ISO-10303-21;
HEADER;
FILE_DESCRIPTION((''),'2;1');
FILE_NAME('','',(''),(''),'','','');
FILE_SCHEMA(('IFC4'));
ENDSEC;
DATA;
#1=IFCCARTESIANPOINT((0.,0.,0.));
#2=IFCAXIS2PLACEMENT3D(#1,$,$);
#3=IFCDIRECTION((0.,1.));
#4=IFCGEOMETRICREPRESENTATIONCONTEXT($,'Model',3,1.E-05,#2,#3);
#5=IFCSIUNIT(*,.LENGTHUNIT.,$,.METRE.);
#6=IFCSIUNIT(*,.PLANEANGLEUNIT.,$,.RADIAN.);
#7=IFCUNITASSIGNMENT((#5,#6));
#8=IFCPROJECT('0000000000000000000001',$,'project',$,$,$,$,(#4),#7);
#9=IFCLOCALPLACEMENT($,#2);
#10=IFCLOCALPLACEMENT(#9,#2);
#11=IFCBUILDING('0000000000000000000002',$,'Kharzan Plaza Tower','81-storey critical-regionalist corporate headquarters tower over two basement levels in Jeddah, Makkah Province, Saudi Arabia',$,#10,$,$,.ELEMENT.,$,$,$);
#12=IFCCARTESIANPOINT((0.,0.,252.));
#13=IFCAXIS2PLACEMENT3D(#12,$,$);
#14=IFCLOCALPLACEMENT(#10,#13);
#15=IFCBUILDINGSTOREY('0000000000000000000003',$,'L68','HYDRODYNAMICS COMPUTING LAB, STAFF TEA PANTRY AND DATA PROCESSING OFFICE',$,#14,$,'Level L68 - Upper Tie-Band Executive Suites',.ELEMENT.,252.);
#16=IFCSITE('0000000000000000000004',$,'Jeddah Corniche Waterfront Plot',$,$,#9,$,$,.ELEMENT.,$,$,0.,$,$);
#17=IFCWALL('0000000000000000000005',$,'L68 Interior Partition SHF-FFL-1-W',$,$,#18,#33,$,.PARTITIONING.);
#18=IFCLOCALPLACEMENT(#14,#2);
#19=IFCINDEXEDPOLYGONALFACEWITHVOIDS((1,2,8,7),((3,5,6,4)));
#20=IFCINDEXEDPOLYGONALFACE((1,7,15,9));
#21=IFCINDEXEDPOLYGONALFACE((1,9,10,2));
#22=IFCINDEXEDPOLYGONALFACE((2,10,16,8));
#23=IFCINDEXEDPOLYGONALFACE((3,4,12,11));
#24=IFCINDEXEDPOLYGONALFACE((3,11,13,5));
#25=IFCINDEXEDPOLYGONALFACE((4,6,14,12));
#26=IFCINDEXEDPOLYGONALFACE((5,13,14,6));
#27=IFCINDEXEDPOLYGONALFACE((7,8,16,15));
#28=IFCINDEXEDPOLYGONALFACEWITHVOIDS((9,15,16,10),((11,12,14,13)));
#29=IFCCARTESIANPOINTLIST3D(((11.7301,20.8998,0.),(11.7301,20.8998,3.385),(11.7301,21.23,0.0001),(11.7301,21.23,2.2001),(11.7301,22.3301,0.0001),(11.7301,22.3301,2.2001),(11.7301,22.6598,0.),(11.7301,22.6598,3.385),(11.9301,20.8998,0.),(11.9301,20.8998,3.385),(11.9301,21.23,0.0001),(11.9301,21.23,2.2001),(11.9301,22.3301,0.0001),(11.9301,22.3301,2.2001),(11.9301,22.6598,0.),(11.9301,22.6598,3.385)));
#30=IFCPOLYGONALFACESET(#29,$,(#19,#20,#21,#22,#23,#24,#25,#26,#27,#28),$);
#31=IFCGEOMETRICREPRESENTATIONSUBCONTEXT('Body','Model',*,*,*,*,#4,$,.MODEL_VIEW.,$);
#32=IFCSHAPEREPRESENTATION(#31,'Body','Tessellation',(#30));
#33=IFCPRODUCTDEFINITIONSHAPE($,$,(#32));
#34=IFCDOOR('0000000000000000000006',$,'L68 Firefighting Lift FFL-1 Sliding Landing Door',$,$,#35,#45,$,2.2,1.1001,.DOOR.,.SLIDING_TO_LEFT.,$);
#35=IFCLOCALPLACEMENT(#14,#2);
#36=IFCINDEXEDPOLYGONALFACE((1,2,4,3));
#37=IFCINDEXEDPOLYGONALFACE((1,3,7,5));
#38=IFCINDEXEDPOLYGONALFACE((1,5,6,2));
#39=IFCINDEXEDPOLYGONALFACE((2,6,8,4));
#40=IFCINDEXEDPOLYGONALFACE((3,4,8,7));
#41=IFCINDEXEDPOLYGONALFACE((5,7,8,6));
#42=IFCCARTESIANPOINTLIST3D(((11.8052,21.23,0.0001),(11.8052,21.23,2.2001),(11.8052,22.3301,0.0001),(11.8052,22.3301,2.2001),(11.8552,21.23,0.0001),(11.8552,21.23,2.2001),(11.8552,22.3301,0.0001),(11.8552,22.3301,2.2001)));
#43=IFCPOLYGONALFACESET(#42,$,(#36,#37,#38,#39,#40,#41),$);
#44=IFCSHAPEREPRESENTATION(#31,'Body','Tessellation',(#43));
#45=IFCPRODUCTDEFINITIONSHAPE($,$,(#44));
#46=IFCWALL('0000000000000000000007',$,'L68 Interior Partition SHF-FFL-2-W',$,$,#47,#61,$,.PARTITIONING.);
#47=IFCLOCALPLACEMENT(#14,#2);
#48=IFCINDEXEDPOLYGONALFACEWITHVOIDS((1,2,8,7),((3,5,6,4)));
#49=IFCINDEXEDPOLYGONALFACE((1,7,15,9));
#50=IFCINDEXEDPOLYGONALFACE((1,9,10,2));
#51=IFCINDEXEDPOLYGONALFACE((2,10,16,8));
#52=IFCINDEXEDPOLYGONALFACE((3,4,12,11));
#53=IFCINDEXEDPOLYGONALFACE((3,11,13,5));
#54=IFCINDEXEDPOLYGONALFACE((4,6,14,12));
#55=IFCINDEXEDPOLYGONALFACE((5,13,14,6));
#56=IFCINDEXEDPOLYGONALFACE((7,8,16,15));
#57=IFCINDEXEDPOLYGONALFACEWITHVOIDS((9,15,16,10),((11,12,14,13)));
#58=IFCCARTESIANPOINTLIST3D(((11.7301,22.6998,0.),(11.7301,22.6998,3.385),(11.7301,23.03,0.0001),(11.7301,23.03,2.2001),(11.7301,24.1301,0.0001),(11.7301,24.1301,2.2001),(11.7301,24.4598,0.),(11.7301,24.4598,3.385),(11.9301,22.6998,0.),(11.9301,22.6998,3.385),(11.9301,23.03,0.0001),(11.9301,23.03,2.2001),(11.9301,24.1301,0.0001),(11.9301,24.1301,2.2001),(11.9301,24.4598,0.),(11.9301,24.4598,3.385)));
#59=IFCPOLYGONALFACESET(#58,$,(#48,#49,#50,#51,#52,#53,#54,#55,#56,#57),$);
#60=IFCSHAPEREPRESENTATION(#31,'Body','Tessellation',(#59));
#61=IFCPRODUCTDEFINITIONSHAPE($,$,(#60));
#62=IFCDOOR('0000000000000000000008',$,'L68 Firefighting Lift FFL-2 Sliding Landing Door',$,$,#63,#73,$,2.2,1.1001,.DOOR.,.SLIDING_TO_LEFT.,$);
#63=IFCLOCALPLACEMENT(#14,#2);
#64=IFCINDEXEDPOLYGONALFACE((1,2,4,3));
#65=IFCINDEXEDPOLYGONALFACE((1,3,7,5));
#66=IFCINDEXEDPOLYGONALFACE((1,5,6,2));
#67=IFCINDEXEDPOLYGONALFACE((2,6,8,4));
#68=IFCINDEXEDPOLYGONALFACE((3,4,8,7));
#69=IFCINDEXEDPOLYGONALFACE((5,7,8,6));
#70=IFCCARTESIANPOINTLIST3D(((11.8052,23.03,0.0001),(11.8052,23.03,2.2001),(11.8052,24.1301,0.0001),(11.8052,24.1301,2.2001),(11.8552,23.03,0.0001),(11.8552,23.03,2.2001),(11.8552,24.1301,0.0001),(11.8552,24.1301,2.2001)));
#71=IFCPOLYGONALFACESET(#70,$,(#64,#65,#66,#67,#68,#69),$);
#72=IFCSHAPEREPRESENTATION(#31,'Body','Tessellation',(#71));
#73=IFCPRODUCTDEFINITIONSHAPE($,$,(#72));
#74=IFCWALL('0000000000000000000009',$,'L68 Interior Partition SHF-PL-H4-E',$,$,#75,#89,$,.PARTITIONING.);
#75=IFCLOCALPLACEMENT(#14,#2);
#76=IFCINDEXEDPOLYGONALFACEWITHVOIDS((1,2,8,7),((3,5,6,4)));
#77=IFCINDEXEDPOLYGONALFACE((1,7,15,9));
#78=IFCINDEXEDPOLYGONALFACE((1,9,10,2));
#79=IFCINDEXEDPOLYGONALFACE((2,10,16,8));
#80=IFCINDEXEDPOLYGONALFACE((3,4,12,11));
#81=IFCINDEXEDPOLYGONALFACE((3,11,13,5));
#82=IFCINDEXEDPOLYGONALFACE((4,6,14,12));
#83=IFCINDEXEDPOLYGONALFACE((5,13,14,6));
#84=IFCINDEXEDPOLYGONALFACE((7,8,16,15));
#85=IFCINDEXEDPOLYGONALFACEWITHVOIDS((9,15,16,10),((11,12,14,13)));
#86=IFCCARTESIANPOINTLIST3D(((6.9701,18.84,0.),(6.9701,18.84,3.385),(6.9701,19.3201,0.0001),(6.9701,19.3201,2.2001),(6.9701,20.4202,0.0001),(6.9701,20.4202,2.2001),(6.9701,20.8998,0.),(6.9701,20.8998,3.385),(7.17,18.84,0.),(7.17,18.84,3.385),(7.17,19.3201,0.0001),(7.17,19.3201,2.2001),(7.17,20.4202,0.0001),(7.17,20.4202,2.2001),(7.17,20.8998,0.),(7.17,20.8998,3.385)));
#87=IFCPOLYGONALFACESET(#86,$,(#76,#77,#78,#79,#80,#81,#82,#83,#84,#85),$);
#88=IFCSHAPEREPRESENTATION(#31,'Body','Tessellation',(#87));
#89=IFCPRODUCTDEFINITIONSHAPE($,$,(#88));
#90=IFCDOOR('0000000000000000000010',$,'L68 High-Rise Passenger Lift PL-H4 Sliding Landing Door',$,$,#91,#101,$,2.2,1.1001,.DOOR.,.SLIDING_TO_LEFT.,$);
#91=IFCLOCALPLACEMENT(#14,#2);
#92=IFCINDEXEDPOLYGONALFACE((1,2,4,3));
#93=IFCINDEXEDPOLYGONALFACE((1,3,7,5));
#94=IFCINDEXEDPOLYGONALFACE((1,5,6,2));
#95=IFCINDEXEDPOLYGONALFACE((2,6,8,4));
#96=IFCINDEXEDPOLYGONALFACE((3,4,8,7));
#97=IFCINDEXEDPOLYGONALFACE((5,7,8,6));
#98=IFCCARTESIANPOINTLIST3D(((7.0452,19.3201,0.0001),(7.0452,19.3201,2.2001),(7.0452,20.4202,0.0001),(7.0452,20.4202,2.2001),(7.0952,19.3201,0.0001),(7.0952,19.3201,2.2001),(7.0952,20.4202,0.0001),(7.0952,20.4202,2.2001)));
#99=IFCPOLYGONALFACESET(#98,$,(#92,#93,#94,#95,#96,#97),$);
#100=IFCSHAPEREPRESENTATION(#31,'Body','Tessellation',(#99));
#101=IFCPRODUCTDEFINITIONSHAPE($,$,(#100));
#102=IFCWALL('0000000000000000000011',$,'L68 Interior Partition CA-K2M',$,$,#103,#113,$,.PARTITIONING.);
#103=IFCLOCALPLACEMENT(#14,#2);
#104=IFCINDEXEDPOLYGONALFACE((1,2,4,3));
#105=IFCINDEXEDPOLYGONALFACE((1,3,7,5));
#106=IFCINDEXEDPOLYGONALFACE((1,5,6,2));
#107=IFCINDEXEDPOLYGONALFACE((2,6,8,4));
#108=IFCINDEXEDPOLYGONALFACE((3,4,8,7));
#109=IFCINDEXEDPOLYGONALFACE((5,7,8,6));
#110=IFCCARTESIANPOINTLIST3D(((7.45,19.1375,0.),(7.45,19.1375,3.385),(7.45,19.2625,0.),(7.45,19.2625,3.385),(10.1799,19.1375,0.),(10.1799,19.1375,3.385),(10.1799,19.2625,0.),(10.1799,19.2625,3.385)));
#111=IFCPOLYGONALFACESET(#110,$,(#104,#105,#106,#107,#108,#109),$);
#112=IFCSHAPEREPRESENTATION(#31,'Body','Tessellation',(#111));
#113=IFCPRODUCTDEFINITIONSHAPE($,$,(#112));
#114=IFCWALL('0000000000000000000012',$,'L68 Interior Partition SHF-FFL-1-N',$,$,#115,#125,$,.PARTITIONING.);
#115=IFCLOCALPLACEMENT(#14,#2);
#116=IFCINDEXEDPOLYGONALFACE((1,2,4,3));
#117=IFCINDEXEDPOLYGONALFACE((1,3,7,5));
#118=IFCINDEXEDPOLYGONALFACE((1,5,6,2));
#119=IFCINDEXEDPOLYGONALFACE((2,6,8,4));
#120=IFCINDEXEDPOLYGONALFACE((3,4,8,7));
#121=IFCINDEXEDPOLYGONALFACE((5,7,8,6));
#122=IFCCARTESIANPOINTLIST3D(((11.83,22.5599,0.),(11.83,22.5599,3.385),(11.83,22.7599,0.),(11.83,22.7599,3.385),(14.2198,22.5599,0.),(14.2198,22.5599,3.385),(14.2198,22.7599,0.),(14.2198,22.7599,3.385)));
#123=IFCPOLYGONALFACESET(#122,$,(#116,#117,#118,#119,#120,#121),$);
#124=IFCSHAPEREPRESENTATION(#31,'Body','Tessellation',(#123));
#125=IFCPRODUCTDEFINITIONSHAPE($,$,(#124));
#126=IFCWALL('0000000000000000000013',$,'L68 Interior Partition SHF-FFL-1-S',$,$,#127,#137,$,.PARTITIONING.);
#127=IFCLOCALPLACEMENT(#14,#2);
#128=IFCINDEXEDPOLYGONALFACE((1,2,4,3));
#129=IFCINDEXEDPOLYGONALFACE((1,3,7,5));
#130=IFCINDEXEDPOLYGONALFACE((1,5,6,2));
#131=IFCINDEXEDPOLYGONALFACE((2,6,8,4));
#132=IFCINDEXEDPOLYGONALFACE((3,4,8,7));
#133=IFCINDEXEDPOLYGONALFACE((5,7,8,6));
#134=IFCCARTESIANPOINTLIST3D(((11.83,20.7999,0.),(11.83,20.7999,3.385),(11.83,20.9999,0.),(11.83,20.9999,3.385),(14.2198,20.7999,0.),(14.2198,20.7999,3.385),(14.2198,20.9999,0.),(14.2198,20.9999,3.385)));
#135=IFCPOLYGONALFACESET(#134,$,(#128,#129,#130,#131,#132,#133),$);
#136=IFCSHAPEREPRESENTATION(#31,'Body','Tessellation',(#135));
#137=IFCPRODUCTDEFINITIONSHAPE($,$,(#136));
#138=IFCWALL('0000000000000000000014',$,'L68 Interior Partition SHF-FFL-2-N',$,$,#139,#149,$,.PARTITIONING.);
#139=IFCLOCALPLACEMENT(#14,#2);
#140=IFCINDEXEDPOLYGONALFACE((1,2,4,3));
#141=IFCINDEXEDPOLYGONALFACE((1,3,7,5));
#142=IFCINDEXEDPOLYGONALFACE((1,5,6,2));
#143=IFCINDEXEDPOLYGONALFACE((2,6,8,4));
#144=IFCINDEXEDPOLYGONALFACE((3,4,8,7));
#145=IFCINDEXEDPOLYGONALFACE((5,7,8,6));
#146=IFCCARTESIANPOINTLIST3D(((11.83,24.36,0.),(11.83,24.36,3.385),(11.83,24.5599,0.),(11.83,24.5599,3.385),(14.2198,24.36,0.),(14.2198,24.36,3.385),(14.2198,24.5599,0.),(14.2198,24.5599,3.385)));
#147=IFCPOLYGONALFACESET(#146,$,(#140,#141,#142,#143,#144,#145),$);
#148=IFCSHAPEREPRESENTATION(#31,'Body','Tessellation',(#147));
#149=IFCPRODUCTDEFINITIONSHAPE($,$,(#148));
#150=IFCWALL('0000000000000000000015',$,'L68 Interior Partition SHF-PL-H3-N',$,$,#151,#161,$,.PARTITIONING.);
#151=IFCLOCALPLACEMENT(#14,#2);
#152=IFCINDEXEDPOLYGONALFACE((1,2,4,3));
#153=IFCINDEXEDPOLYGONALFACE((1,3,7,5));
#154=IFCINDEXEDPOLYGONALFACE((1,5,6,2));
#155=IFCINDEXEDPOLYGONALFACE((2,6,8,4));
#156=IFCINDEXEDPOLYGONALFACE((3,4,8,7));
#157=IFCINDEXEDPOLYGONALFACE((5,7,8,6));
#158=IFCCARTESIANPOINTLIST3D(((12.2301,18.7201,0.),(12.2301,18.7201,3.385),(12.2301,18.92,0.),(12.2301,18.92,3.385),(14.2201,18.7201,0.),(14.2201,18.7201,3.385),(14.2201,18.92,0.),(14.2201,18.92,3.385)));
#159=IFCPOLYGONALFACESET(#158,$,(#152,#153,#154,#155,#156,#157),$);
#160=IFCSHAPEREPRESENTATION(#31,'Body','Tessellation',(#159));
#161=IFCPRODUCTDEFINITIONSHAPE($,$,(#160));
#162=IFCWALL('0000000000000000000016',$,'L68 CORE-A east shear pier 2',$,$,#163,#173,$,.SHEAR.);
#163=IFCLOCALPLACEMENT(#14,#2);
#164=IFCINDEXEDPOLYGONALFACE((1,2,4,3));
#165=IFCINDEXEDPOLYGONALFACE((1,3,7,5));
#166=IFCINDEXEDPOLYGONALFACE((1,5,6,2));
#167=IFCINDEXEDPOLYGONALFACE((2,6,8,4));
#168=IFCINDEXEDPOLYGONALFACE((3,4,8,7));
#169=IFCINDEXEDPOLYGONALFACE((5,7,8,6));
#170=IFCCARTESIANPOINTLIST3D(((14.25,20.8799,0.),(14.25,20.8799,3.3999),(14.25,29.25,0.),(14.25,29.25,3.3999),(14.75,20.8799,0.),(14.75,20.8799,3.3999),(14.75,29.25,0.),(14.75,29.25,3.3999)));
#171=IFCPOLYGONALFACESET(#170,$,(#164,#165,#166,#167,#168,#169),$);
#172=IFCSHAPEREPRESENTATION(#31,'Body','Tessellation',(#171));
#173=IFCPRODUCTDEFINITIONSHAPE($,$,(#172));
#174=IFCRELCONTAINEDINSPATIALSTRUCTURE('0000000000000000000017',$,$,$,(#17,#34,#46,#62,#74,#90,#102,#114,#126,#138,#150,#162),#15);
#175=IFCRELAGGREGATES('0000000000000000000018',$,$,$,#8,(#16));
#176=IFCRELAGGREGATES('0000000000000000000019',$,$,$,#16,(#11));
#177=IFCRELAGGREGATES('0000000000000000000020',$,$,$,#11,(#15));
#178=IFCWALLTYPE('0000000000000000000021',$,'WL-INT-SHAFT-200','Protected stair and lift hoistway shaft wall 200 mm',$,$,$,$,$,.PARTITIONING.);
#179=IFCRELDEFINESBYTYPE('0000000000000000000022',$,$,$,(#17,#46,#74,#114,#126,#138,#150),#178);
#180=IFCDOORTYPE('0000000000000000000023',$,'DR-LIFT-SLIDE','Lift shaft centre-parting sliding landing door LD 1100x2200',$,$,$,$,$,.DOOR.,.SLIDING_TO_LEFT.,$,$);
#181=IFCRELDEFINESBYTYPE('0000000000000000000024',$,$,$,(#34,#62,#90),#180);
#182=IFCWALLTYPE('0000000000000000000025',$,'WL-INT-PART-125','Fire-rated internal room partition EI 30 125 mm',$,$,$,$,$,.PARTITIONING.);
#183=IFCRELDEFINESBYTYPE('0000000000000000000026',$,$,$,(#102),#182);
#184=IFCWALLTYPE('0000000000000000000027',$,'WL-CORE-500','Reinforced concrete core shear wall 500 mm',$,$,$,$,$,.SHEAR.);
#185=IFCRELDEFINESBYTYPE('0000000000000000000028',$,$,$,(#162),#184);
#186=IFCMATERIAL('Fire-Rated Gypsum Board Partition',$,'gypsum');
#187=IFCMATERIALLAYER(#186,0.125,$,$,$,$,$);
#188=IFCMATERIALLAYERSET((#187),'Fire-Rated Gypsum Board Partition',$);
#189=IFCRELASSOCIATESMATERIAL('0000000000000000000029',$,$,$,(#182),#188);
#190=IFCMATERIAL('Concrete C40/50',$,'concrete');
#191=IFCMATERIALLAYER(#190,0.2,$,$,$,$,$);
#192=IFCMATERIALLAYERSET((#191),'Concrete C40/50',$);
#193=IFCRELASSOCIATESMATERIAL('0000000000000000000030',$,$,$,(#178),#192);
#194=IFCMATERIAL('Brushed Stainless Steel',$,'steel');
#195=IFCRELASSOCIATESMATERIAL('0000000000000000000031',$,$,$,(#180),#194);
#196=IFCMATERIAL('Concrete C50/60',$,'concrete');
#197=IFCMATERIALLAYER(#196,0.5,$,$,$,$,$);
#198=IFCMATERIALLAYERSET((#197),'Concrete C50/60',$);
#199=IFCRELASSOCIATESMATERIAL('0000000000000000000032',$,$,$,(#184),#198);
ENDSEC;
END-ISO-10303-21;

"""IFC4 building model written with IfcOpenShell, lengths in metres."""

from ifc_helpers import new_model, si_unit, direction, frame, frame_2d, origin, place, context, subcontext, project, spatial, rectangle, extrude, source, transform, mapped, material, layer, layer_set, type_object, element, fill, save


model = new_model("IFC4")

# Units and contexts
model_context = context("Model", 3, precision=1e-05, world=origin(), true_north=direction((0.0, 1.0)))
body_context = subcontext(model_context, "Body", "Model", "MODEL_VIEW")
ifc_project = project(units=[si_unit("LENGTHUNIT", "METRE"), si_unit("PLANEANGLEUNIT", "RADIAN")], contexts=[model_context])

# Site, building, storey
site_placement = place(None, origin())
site = spatial("IfcSite", under=ifc_project, at=site_placement, Name="Jeddah Corniche Waterfront Plot", CompositionType="ELEMENT", RefElevation=0.0)
building_placement = place(site_placement, origin())
building = spatial("IfcBuilding", under=site, at=building_placement, Name="Kharzan Plaza Tower", Description="81-storey critical-regionalist corporate headquarters tower over two basement levels in Jeddah, Makkah Province, Saudi Arabia", CompositionType="ELEMENT")
storey_placement = place(building_placement, frame((0.0, 0.0, 252.0)))
storey = spatial("IfcBuildingStorey", under=building, at=storey_placement, Name="L68", Description="HYDRODYNAMICS COMPUTING LAB, STAFF TEA PANTRY AND DATA PROCESSING OFFICE", LongName="Level L68 - Upper Tie-Band Executive Suites", CompositionType="ELEMENT", Elevation=252.0)

# Walls, openings, doors
ifc_material_1 = material(Name="Concrete C40/50", Category="concrete")
ifc_material_2 = material(Name="Fire-Rated Gypsum Board Partition", Category="gypsum")
ifc_layer_1 = layer(ifc_material_2, 0.125)
ifc_layer_set_1 = layer_set([ifc_layer_1], Name="Fire-Rated Gypsum Board Partition")
wall_type_1 = type_object("IfcWallType", Name="WL-INT-PART-125", Description="Fire-rated internal room partition EI 30 125 mm", PredefinedType="PARTITIONING", material=ifc_layer_set_1)
ifc_layer_2 = layer(ifc_material_1, 0.2)
ifc_layer_set_2 = layer_set([ifc_layer_2], Name="Concrete C40/50")
wall_type_2 = type_object("IfcWallType", Name="WL-INT-SHAFT-200", Description="Protected stair and lift hoistway shaft wall 200 mm", PredefinedType="PARTITIONING", material=ifc_layer_set_2)
wall_1_placement = place(storey_placement, frame((11.8301, 20.8999, 0.0), z_axis=(0.0, 0.0, 1.0), x_axis=(0.0, 1.0, 0.0)))
wall_1 = element("IfcWall", 1, at=wall_1_placement, inside=storey, type_object=wall_type_2, Name="L68 Interior Partition SHF-FFL-1-W", PredefinedType="PARTITIONING", context=body_context, shape_type="SweptSolid", body=[
    extrude(rectangle(XDim=1.76, YDim=0.2, at=frame_2d((0.8799, 0.0))), origin(), (0.0, 0.0, 1.0), 3.385),
])
opening_1_placement = place(wall_1_placement, frame((0.3301, 0.0, 0.0)))
opening_1 = element("IfcOpeningElement", 2, at=opening_1_placement, cuts=wall_1, PredefinedType="OPENING", context=body_context, shape_type="SweptSolid", body=[
    extrude(rectangle(XDim=1.1001, YDim=2.2, at=frame_2d((0.55, 1.1001))), frame((0.0, 0.1099, 0.0), z_axis=(0.0, -1.0, 0.0), x_axis=(1.0, 0.0, 0.0)), (0.0, 0.0, 1.0), 0.22),
])
ifc_material_3 = material(Name="Brushed Stainless Steel", Category="steel")
door_type_1 = type_object("IfcDoorType", Name="DR-LIFT-SLIDE", Description="Lift shaft centre-parting sliding landing door LD 1100x2200", OperationType="SLIDING_TO_LEFT", PredefinedType="DOOR", material=ifc_material_3)
shared_shape_1 = source(origin(), body_context, "Body", "SweptSolid", [
    extrude(rectangle(XDim=1.1001, YDim=2.2, at=frame_2d((0.55, 1.1001))), frame((0.0, 0.0249, 0.0), z_axis=(0.0, -1.0, 0.0), x_axis=(1.0, 0.0, 0.0)), (0.0, 0.0, 1.0), 0.05),
])
door_1_placement = place(opening_1_placement, origin())
door_1 = element("IfcDoor", 3, at=door_1_placement, inside=storey, type_object=door_type_1, Name="L68 Firefighting Lift FFL-1 Sliding Landing Door", OperationType="SLIDING_TO_LEFT", OverallHeight=2.2, OverallWidth=1.1001, PredefinedType="DOOR", context=body_context, shape_type="MappedRepresentation", body=[
    mapped(shared_shape_1, transform((0.0, 0.0, 0.0), x_axis=(1.0, 0.0, 0.0), y_axis=(0.0, 1.0, 0.0), z_axis=(0.0, 0.0, 1.0))),
])
fill(opening_1, door_1)
wall_2_placement = place(storey_placement, frame((11.8301, 22.7, 0.0), z_axis=(0.0, 0.0, 1.0), x_axis=(0.0, 1.0, 0.0)))
wall_2 = element("IfcWall", 4, at=wall_2_placement, inside=storey, type_object=wall_type_2, Name="L68 Interior Partition SHF-FFL-2-W", PredefinedType="PARTITIONING", context=body_context, shape_type="SweptSolid", body=[
    extrude(rectangle(XDim=1.76, YDim=0.2, at=frame_2d((0.8799, 0.0))), origin(), (0.0, 0.0, 1.0), 3.385),
])
opening_2_placement = place(wall_2_placement, frame((0.3301, 0.0, 0.0)))
opening_2 = element("IfcOpeningElement", 5, at=opening_2_placement, cuts=wall_2, PredefinedType="OPENING", context=body_context, shape_type="SweptSolid", body=[
    extrude(rectangle(XDim=1.1001, YDim=2.2, at=frame_2d((0.55, 1.1001))), frame((0.0, 0.1099, 0.0), z_axis=(0.0, -1.0, 0.0), x_axis=(1.0, 0.0, 0.0)), (0.0, 0.0, 1.0), 0.22),
])
door_2_placement = place(opening_2_placement, origin())
door_2 = element("IfcDoor", 6, at=door_2_placement, inside=storey, type_object=door_type_1, Name="L68 Firefighting Lift FFL-2 Sliding Landing Door", OperationType="SLIDING_TO_LEFT", OverallHeight=2.2, OverallWidth=1.1001, PredefinedType="DOOR", context=body_context, shape_type="MappedRepresentation", body=[
    mapped(shared_shape_1, transform((0.0, 0.0, 0.0), x_axis=(1.0, 0.0, 0.0), y_axis=(0.0, 1.0, 0.0), z_axis=(0.0, 0.0, 1.0))),
])
fill(opening_2, door_2)
wall_3_placement = place(storey_placement, frame((7.0701, 18.8401, 0.0), z_axis=(0.0, 0.0, 1.0), x_axis=(0.0, 1.0, 0.0)))
wall_3 = element("IfcWall", 7, at=wall_3_placement, inside=storey, type_object=wall_type_2, Name="L68 Interior Partition SHF-PL-H4-E", PredefinedType="PARTITIONING", context=body_context, shape_type="SweptSolid", body=[
    extrude(rectangle(XDim=2.0598, YDim=0.2, at=frame_2d((1.0298, 0.0))), origin(), (0.0, 0.0, 1.0), 3.385),
])
opening_3_placement = place(wall_3_placement, frame((0.48, 0.0, 0.0)))
opening_3 = element("IfcOpeningElement", 8, at=opening_3_placement, cuts=wall_3, PredefinedType="OPENING", context=body_context, shape_type="SweptSolid", body=[
    extrude(rectangle(XDim=1.1001, YDim=2.2, at=frame_2d((0.55, 1.1001))), frame((0.0, 0.1099, 0.0), z_axis=(0.0, -1.0, 0.0), x_axis=(1.0, 0.0, 0.0)), (0.0, 0.0, 1.0), 0.22),
])
door_3_placement = place(opening_3_placement, origin())
door_3 = element("IfcDoor", 9, at=door_3_placement, inside=storey, type_object=door_type_1, Name="L68 High-Rise Passenger Lift PL-H4 Sliding Landing Door", OperationType="SLIDING_TO_LEFT", OverallHeight=2.2, OverallWidth=1.1001, PredefinedType="DOOR", context=body_context, shape_type="MappedRepresentation", body=[
    mapped(shared_shape_1, transform((0.0, 0.0, 0.0), x_axis=(1.0, 0.0, 0.0), y_axis=(0.0, 1.0, 0.0), z_axis=(0.0, 0.0, 1.0))),
])
fill(opening_3, door_3)

# Walls
shared_shape_2 = source(origin(), body_context, "Body", "SweptSolid", [
    extrude(rectangle(XDim=2.73, YDim=0.125, at=frame_2d((1.365, 0.0))), origin(), (0.0, 0.0, 1.0), 3.385),
])
wall_4_placement = place(storey_placement, frame((7.45, 19.2, 0.0), z_axis=(0.0, 0.0, 1.0), x_axis=(1.0, 0.0, 0.0)))
element("IfcWall", 10, at=wall_4_placement, inside=storey, type_object=wall_type_1, Name="L68 Interior Partition CA-K2M", PredefinedType="PARTITIONING", context=body_context, shape_type="MappedRepresentation", body=[
    mapped(shared_shape_2, transform((0.0, 0.0, 0.0), x_axis=(1.0, 0.0, 0.0), y_axis=(0.0, 1.0, 0.0), z_axis=(0.0, 0.0, 1.0))),
])
shared_shape_3 = source(origin(), body_context, "Body", "SweptSolid", [
    extrude(rectangle(XDim=2.3899, YDim=0.2, at=frame_2d((1.1948, 0.0))), origin(), (0.0, 0.0, 1.0), 3.385),
])
for number, where, z_axis, x_axis, name in (
    (11, (11.8301, 22.6599, 0.0), (0.0, 0.0, 1.0), (1.0, 0.0, 0.0), "L68 Interior Partition SHF-FFL-1-N"),
    (12, (11.8301, 20.8999, 0.0), (0.0, 0.0, 1.0), (1.0, 0.0, 0.0), "L68 Interior Partition SHF-FFL-1-S"),
    (13, (11.8301, 24.46, 0.0), (0.0, 0.0, 1.0), (1.0, 0.0, 0.0), "L68 Interior Partition SHF-FFL-2-N"),
):
    element("IfcWall", number, at=place(storey_placement, frame(where, z_axis=z_axis, x_axis=x_axis)), inside=storey, type_object=wall_type_2, Name=name, PredefinedType="PARTITIONING", context=body_context, shape_type="MappedRepresentation", body=[
        mapped(shared_shape_3, transform((0.0, 0.0, 0.0), x_axis=(1.0, 0.0, 0.0), y_axis=(0.0, 1.0, 0.0), z_axis=(0.0, 0.0, 1.0))),
    ])
shared_shape_4 = source(origin(), body_context, "Body", "SweptSolid", [
    extrude(rectangle(XDim=1.99, YDim=0.2, at=frame_2d((0.9951, 0.0))), origin(), (0.0, 0.0, 1.0), 3.385),
])
wall_5_placement = place(storey_placement, frame((12.23, 18.8201, 0.0), z_axis=(0.0, 0.0, 1.0), x_axis=(1.0, 0.0, 0.0)))
element("IfcWall", 14, at=wall_5_placement, inside=storey, type_object=wall_type_2, Name="L68 Interior Partition SHF-PL-H3-N", PredefinedType="PARTITIONING", context=body_context, shape_type="MappedRepresentation", body=[
    mapped(shared_shape_4, transform((0.0, 0.0, 0.0), x_axis=(1.0, 0.0, 0.0), y_axis=(0.0, 1.0, 0.0), z_axis=(0.0, 0.0, 1.0))),
])
ifc_material_4 = material(Name="Concrete C50/60", Category="concrete")
ifc_layer_3 = layer(ifc_material_4, 0.5)
ifc_layer_set_3 = layer_set([ifc_layer_3], Name="Concrete C50/60")
wall_type_3 = type_object("IfcWallType", Name="WL-CORE-500", Description="Reinforced concrete core shear wall 500 mm", PredefinedType="SHEAR", material=ifc_layer_set_3)
shared_shape_5 = source(origin(), body_context, "Body", "SweptSolid", [
    extrude(rectangle(XDim=8.3701, YDim=0.5, at=frame_2d((4.1851, 0.0))), origin(), (0.0, 0.0, 1.0), 3.3999),
])
wall_6_placement = place(storey_placement, frame((14.5, 20.8799, 0.0), z_axis=(0.0, 0.0, 1.0), x_axis=(0.0, 1.0, 0.0)))
element("IfcWall", 15, at=wall_6_placement, inside=storey, type_object=wall_type_3, Name="L68 CORE-A east shear pier 2", PredefinedType="SHEAR", context=body_context, shape_type="MappedRepresentation", body=[
    mapped(shared_shape_5, transform((0.0, 0.0, 0.0), x_axis=(1.0, 0.0, 0.0), y_axis=(0.0, 1.0, 0.0), z_axis=(0.0, 0.0, 1.0))),
])

save(model, "model.ifc")
